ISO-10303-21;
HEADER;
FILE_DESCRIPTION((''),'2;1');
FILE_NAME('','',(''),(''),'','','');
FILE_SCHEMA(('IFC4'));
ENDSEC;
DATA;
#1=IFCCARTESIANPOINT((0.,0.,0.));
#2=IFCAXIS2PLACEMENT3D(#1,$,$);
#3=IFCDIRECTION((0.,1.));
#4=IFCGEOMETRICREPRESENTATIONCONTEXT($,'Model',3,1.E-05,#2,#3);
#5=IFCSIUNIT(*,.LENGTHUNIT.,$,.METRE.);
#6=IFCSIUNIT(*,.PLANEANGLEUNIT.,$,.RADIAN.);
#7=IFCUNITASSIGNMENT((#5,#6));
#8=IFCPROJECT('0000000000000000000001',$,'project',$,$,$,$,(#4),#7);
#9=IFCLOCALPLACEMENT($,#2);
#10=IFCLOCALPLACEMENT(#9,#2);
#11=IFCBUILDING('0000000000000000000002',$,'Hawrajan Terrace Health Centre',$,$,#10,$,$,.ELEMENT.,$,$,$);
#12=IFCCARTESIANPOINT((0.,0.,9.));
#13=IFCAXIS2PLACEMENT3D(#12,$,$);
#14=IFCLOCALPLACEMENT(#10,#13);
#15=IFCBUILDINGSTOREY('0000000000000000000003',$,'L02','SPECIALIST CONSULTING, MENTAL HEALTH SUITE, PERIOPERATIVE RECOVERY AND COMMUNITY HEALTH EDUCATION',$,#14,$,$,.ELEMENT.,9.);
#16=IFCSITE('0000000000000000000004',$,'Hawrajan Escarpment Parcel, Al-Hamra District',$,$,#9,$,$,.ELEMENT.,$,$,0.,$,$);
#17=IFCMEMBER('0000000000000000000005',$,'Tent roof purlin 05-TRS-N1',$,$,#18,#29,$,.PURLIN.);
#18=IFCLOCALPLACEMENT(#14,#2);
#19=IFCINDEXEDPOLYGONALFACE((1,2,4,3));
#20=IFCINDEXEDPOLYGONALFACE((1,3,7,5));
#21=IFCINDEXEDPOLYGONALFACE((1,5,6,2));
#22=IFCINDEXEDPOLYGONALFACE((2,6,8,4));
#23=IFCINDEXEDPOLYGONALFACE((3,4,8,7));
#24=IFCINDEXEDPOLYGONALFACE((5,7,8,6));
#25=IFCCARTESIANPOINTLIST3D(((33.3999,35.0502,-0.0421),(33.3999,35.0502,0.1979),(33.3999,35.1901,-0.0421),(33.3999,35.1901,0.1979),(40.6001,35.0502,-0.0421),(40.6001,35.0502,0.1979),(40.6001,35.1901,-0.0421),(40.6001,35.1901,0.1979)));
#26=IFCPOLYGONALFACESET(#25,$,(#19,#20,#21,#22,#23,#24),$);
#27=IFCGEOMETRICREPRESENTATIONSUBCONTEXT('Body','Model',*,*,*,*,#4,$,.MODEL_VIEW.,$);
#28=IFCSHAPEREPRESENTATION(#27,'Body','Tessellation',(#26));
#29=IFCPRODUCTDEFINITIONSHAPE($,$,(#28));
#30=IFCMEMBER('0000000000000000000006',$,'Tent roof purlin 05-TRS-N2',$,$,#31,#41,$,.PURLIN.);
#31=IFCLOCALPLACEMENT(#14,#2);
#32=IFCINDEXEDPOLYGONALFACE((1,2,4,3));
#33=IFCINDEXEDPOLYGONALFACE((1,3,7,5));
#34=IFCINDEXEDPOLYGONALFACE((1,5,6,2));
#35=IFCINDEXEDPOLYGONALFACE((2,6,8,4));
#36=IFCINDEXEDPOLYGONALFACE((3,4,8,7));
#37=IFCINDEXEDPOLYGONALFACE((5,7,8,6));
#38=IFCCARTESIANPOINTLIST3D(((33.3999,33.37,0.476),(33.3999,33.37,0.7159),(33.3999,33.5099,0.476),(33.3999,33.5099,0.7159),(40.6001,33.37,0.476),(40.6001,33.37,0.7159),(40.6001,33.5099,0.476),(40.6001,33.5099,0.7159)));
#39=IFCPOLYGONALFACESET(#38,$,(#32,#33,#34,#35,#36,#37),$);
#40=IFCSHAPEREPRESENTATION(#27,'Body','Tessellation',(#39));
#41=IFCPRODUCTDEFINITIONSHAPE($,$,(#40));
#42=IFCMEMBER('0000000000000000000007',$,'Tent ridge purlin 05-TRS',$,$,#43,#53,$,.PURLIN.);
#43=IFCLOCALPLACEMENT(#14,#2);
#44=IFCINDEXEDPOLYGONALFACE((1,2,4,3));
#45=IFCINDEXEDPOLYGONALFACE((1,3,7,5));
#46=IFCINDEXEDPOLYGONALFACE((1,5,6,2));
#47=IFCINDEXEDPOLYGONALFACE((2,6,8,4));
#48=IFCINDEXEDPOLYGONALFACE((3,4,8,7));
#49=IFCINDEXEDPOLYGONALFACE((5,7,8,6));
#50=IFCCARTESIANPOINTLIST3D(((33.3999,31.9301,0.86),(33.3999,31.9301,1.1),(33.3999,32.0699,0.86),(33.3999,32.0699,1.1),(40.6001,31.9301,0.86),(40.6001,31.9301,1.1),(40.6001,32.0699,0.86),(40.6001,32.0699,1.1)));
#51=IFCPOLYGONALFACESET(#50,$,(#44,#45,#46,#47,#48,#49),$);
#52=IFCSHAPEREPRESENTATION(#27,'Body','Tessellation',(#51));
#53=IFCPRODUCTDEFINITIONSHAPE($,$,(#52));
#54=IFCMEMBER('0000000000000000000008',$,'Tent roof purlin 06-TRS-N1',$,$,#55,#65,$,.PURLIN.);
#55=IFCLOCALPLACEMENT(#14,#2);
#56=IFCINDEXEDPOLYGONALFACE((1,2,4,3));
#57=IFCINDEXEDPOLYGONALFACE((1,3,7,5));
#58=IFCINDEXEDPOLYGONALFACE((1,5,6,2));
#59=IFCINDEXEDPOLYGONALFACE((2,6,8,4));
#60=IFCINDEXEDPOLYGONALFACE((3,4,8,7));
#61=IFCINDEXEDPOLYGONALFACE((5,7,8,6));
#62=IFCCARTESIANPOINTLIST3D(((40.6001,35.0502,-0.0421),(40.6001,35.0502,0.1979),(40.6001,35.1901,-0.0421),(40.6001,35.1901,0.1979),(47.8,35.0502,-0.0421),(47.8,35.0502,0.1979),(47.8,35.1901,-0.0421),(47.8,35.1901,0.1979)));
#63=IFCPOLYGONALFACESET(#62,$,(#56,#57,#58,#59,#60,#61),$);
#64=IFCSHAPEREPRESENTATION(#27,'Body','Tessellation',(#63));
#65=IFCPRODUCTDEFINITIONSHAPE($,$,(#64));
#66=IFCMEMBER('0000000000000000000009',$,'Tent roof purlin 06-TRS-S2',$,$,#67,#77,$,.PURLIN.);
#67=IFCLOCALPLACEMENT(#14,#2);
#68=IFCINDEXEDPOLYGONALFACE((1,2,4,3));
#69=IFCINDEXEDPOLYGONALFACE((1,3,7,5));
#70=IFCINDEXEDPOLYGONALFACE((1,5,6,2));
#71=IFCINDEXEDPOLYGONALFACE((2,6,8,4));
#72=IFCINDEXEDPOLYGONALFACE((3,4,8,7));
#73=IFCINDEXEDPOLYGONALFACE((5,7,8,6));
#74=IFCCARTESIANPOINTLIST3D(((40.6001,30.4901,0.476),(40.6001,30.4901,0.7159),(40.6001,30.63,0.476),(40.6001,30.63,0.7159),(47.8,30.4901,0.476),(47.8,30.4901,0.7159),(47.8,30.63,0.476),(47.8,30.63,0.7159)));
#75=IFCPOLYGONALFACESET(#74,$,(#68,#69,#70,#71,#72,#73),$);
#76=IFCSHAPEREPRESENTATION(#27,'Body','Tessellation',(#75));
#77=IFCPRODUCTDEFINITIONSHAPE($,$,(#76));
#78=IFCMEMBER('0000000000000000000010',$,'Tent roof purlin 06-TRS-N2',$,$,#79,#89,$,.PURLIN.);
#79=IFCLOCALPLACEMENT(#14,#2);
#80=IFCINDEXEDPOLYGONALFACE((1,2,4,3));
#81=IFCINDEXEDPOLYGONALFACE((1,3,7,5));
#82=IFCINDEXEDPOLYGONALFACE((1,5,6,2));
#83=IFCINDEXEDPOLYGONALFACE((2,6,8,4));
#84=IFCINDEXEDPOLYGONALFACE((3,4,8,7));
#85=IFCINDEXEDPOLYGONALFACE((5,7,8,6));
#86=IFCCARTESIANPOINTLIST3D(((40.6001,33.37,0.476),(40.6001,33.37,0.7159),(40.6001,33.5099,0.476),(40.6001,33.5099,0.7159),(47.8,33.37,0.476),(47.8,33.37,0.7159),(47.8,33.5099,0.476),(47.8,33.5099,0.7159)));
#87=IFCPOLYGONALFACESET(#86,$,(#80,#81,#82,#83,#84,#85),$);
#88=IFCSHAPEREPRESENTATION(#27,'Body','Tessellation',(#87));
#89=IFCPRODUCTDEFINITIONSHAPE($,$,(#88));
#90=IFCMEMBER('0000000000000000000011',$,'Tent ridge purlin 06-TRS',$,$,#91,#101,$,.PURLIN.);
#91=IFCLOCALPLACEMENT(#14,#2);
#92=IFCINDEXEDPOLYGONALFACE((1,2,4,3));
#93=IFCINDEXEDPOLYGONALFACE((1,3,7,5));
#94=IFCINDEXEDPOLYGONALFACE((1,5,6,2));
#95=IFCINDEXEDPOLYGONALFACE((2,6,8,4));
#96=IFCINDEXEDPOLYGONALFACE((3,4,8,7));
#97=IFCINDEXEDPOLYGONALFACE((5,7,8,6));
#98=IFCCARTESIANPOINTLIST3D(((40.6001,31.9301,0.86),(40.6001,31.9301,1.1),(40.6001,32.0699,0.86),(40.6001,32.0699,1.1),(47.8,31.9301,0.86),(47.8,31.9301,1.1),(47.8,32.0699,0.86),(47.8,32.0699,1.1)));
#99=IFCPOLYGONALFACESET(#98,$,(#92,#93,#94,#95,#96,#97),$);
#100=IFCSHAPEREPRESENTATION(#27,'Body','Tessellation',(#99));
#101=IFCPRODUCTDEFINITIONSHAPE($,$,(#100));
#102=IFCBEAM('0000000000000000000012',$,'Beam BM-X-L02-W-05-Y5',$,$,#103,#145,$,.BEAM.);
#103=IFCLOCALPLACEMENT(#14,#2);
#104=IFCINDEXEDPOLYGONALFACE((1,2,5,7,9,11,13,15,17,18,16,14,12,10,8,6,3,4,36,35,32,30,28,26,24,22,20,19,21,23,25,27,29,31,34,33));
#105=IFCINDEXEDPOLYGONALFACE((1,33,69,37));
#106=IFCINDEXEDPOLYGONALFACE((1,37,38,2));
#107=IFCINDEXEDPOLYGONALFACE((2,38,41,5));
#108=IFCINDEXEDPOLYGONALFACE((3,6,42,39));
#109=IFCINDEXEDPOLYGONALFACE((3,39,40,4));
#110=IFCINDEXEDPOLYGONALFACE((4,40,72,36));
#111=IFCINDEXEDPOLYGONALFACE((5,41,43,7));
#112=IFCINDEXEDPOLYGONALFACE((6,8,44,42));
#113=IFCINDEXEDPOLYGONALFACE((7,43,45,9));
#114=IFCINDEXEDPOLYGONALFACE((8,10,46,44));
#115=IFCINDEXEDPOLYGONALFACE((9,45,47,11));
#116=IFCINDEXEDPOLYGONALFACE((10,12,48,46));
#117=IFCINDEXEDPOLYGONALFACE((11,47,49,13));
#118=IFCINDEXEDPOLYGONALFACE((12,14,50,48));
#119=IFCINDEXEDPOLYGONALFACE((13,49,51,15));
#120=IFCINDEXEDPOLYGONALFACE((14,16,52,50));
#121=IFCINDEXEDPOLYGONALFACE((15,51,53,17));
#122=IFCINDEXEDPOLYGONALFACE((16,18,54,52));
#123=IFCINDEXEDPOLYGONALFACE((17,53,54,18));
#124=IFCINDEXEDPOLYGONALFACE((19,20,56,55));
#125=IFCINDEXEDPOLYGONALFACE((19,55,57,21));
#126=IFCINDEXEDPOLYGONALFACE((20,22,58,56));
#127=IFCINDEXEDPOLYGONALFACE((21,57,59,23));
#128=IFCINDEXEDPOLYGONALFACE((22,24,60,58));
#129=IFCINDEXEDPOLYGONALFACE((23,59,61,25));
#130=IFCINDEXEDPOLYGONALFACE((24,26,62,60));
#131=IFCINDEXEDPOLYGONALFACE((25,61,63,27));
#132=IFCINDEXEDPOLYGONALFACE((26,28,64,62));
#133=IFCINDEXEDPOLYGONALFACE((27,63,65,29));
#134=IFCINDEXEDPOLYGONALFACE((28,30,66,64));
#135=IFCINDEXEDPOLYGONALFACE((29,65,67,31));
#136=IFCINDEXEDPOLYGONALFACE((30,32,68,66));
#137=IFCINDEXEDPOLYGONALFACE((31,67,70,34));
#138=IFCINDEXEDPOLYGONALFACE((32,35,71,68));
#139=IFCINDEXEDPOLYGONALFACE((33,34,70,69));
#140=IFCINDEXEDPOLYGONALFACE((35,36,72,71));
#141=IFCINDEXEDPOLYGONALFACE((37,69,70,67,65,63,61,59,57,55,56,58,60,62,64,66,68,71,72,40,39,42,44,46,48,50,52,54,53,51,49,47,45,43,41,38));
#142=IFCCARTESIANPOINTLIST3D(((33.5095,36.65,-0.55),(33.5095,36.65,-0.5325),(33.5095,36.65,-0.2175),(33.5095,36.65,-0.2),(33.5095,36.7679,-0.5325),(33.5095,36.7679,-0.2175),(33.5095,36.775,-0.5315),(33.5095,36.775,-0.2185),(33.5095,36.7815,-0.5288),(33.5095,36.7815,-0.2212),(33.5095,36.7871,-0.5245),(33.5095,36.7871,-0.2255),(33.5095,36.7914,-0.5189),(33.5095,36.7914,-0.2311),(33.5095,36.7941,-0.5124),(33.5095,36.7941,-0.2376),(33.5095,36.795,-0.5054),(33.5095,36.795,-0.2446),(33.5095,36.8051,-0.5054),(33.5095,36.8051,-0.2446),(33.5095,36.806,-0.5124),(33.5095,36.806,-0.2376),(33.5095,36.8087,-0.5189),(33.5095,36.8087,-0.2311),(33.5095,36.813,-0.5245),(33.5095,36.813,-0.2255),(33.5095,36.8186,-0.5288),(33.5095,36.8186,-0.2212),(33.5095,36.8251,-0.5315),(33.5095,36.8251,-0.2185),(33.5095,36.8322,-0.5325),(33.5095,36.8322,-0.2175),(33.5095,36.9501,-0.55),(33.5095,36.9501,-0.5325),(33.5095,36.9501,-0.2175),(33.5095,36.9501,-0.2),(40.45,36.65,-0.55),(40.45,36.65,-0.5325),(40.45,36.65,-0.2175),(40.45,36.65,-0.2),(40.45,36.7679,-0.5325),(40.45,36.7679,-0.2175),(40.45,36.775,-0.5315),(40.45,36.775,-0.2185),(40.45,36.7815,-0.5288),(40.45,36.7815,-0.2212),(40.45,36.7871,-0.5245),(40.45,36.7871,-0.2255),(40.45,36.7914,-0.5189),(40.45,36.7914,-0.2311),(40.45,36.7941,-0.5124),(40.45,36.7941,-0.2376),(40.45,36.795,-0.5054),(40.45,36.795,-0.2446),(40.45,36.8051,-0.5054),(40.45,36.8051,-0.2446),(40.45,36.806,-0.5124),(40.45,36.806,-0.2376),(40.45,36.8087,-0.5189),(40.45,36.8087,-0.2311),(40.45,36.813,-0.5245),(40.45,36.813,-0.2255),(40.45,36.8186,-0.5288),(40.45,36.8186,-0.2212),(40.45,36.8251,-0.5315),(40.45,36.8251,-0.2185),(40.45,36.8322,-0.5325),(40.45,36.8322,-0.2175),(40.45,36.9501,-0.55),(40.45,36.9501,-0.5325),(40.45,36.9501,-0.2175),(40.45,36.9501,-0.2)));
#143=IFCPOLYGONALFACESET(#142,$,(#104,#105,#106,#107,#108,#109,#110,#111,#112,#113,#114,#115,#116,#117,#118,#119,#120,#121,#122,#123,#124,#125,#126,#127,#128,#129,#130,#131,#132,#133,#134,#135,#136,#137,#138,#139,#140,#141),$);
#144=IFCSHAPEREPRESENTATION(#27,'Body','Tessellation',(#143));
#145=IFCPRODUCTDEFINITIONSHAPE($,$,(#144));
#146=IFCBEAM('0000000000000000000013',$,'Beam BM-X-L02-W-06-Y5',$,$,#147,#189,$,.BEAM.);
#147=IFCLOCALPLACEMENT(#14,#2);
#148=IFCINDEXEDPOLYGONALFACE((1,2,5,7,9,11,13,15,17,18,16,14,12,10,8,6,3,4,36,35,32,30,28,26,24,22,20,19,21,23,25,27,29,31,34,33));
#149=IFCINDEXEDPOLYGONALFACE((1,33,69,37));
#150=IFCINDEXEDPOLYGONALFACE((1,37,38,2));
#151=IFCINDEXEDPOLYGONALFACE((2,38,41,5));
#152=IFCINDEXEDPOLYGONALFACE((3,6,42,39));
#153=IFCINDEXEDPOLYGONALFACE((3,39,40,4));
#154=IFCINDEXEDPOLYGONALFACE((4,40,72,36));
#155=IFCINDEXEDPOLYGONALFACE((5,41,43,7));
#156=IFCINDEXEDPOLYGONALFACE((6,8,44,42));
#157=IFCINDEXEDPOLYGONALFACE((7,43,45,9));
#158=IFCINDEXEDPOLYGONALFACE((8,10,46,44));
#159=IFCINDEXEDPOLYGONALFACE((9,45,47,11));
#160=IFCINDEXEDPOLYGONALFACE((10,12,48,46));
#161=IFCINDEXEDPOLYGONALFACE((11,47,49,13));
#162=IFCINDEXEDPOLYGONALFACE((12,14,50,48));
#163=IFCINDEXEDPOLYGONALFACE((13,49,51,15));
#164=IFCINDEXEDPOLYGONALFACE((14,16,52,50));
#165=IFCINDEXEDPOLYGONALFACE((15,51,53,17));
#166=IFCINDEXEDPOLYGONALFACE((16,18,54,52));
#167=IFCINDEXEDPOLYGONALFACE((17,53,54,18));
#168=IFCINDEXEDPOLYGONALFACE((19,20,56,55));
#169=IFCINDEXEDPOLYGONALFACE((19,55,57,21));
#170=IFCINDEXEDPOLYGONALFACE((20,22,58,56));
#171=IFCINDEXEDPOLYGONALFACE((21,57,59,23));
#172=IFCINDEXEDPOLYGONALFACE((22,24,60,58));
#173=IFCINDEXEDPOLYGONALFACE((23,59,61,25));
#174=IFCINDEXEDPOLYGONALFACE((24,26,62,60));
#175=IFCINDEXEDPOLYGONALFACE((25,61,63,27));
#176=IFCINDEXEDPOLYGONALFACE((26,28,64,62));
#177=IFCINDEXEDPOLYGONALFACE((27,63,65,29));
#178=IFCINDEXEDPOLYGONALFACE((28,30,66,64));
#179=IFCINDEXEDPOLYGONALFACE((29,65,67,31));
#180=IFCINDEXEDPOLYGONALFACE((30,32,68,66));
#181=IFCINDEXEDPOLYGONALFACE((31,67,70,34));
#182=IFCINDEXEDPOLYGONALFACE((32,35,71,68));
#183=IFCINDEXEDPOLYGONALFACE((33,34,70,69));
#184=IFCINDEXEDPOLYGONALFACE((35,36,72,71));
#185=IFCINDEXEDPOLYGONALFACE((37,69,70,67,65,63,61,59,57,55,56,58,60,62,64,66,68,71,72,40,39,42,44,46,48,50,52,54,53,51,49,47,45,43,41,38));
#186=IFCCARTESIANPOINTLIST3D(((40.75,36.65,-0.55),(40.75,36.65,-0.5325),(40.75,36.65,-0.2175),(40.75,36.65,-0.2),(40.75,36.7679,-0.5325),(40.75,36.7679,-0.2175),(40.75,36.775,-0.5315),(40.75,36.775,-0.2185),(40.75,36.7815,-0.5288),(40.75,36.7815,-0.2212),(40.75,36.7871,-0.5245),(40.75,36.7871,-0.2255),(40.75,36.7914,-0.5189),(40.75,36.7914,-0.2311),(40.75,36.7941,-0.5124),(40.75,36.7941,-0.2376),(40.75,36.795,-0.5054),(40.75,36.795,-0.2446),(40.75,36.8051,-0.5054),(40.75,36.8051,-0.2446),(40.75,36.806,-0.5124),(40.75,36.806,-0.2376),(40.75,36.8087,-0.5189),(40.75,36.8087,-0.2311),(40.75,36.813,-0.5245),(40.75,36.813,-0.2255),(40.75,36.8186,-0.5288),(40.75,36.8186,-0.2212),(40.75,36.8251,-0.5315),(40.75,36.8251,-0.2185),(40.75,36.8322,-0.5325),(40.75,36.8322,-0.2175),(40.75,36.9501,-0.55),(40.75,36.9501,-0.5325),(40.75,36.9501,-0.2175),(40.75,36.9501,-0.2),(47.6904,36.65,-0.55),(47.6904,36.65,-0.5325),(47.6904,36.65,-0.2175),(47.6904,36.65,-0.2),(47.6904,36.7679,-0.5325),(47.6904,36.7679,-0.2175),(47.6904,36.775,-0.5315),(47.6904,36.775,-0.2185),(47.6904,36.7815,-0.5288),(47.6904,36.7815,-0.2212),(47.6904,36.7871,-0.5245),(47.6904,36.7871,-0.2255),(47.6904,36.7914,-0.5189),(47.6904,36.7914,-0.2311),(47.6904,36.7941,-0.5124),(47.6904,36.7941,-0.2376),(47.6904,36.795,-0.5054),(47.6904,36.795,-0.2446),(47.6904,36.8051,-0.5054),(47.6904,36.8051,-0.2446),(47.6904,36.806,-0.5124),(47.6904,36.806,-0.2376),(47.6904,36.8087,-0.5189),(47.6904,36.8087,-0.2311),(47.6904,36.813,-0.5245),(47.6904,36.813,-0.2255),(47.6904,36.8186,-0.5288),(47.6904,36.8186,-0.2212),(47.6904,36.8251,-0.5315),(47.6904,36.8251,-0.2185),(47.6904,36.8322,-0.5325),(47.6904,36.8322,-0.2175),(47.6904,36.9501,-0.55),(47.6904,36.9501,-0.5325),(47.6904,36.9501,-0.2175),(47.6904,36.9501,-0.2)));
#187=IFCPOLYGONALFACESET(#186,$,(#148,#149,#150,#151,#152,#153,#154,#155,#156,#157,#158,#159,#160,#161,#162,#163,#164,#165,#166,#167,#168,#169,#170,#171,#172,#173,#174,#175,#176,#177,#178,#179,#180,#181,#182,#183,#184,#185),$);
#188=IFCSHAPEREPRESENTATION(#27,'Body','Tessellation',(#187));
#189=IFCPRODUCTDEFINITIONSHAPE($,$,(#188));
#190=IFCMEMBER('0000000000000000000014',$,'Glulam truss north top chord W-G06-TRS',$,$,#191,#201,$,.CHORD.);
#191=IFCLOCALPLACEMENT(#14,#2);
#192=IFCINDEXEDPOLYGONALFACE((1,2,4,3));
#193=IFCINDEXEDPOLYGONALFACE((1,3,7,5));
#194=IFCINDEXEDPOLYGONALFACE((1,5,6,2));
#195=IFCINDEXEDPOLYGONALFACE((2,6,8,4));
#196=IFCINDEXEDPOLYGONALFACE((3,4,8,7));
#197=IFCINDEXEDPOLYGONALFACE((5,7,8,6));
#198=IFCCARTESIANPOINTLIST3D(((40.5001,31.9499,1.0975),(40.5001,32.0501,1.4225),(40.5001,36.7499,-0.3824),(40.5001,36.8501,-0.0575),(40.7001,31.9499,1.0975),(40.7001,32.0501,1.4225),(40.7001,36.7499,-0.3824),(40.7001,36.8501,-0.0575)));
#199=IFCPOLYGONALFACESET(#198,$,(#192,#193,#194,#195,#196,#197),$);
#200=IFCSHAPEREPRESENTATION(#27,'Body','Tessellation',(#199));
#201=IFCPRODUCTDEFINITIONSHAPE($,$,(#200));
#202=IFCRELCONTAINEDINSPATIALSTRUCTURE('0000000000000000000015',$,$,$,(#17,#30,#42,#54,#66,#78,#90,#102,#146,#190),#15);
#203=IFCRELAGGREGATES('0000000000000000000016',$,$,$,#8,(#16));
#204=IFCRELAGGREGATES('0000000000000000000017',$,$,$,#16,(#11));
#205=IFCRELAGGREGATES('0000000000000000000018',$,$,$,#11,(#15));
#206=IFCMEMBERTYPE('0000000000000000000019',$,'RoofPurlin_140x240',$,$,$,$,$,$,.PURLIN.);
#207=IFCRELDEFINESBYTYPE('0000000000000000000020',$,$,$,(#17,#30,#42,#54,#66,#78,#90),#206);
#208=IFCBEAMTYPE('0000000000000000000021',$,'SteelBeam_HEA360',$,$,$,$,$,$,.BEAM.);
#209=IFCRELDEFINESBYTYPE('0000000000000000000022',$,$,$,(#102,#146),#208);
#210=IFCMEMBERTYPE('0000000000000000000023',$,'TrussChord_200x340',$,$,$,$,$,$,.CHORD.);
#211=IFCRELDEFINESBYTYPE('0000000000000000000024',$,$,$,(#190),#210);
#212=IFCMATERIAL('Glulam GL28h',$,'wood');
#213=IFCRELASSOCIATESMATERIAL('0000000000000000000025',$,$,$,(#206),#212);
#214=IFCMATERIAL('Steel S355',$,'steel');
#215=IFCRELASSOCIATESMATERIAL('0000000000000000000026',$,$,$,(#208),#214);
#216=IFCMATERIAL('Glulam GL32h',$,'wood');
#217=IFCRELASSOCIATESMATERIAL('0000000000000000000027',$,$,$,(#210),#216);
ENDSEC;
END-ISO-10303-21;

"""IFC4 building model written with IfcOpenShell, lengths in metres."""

from ifc_helpers import new_model, si_unit, direction, frame, origin, origin_2d, place, context, subcontext, project, spatial, rectangle, i_section, extrude, material, material_profile, profile_set, type_object, element, save


model = new_model("IFC4")

# Units and contexts
model_context = context("Model", 3, precision=1e-05, world=origin(), true_north=direction((0.0, 1.0)))
body_context = subcontext(model_context, "Body", "Model", "MODEL_VIEW")
ifc_project = project(units=[si_unit("LENGTHUNIT", "METRE"), si_unit("PLANEANGLEUNIT", "RADIAN")], contexts=[model_context])

# Site, building, storey
site_placement = place(None, origin())
site = spatial("IfcSite", under=ifc_project, at=site_placement, Name="Hawrajan Escarpment Parcel, Al-Hamra District", CompositionType="ELEMENT", RefElevation=0.0)
building_placement = place(site_placement, origin())
building = spatial("IfcBuilding", under=site, at=building_placement, Name="Hawrajan Terrace Health Centre", CompositionType="ELEMENT")
storey_placement = place(building_placement, frame((0.0, 0.0, 9.0)))
storey = spatial("IfcBuildingStorey", under=building, at=storey_placement, Name="L02", Description="SPECIALIST CONSULTING, MENTAL HEALTH SUITE, PERIOPERATIVE RECOVERY AND COMMUNITY HEALTH EDUCATION", CompositionType="ELEMENT", Elevation=9.0)

# Members
ifc_material_1 = material(Name="Glulam GL28h", Category="wood")
ifc_material_profile_1 = material_profile(ifc_material_1, rectangle(XDim=0.1399, YDim=0.24, at=origin_2d()), Name="GL PUR 140x240")
ifc_profile_set_1 = profile_set([ifc_material_profile_1], Name="Glulam GL28h")
member_type_1 = type_object("IfcMemberType", Name="RoofPurlin_140x240", PredefinedType="PURLIN", material=ifc_profile_set_1)
for number, where, z_axis, x_axis, name in (
    (1, (33.3999, 35.1201, 0.0779), (1.0, 0.0, 0.0), (0.0, 1.0, 0.0), "Tent roof purlin 05-TRS-N1"),
    (2, (33.3999, 33.4399, 0.5959), (1.0, 0.0, 0.0), (0.0, 1.0, 0.0), "Tent roof purlin 05-TRS-N2"),
    (3, (33.3999, 32.0, 0.98), (1.0, 0.0, 0.0), (0.0, 1.0, 0.0), "Tent ridge purlin 05-TRS"),
):
    element("IfcMember", number, at=place(storey_placement, frame(where, z_axis=z_axis, x_axis=x_axis)), inside=storey, type_object=member_type_1, Name=name, PredefinedType="PURLIN", context=body_context, shape_type="SweptSolid", body=[
        extrude(rectangle(XDim=0.1399, YDim=0.24, at=origin_2d()), origin(), (0.0, 0.0, 1.0), 7.2002),
    ])
for number, where, z_axis, x_axis, name in (
    (4, (40.6001, 35.1201, 0.0779), (1.0, 0.0, 0.0), (0.0, 1.0, 0.0), "Tent roof purlin 06-TRS-N1"),
    (5, (40.6001, 30.5601, 0.5959), (1.0, 0.0, 0.0), (0.0, 1.0, 0.0), "Tent roof purlin 06-TRS-S2"),
    (6, (40.6001, 33.4399, 0.5959), (1.0, 0.0, 0.0), (0.0, 1.0, 0.0), "Tent roof purlin 06-TRS-N2"),
    (7, (40.6001, 32.0, 0.98), (1.0, 0.0, 0.0), (0.0, 1.0, 0.0), "Tent ridge purlin 06-TRS"),
):
    element("IfcMember", number, at=place(storey_placement, frame(where, z_axis=z_axis, x_axis=x_axis)), inside=storey, type_object=member_type_1, Name=name, PredefinedType="PURLIN", context=body_context, shape_type="SweptSolid", body=[
        extrude(rectangle(XDim=0.1399, YDim=0.24, at=origin_2d()), origin(), (0.0, 0.0, 1.0), 7.2),
    ])

# Beams
ifc_material_2 = material(Name="Steel S355", Category="steel")
ifc_material_profile_2 = material_profile(ifc_material_2, i_section(OverallWidth=0.3, OverallDepth=0.3501, WebThickness=0.01, FlangeThickness=0.0176, FilletRadius=0.0271, at=origin_2d()), Name="HEA 360")
ifc_profile_set_2 = profile_set([ifc_material_profile_2], Name="Steel S355")
beam_type = type_object("IfcBeamType", Name="SteelBeam_HEA360", PredefinedType="BEAM", material=ifc_profile_set_2)
for number, where, z_axis, x_axis, name in (
    (8, (33.5095, 36.8, -0.375), (1.0, 0.0, 0.0), (0.0, 1.0, 0.0), "Beam BM-X-L02-W-05-Y5"),
    (9, (40.75, 36.8, -0.375), (1.0, 0.0, 0.0), (0.0, 1.0, 0.0), "Beam BM-X-L02-W-06-Y5"),
):
    element("IfcBeam", number, at=place(storey_placement, frame(where, z_axis=z_axis, x_axis=x_axis)), inside=storey, type_object=beam_type, Name=name, PredefinedType="BEAM", context=body_context, shape_type="SweptSolid", body=[
        extrude(i_section(OverallWidth=0.3, OverallDepth=0.3501, WebThickness=0.01, FlangeThickness=0.0176, FilletRadius=0.0271, at=origin_2d()), origin(), (0.0, 0.0, 1.0), 6.9404),
    ])

# Member
ifc_material_3 = material(Name="Glulam GL32h", Category="wood")
ifc_material_profile_3 = material_profile(ifc_material_3, rectangle(XDim=0.2, YDim=0.3401, at=origin_2d()), Name="GL CHD 200x340")
ifc_profile_set_3 = profile_set([ifc_material_profile_3], Name="Glulam GL32h")
member_type_2 = type_object("IfcMemberType", Name="TrussChord_200x340", PredefinedType="CHORD", material=ifc_profile_set_3)
member_1_placement = place(storey_placement, frame((40.6001, 32.0, 1.26), z_axis=(0.0, 0.955609, -0.294639), x_axis=(-1.0, 0.0, 0.0)))
element("IfcMember", 10, at=member_1_placement, inside=storey, type_object=member_type_2, Name="Glulam truss north top chord W-G06-TRS", PredefinedType="CHORD", context=body_context, shape_type="SweptSolid", body=[
    extrude(rectangle(XDim=0.2, YDim=0.3401, at=origin_2d()), origin(), (0.0, 0.0, 1.0), 5.0229),
])

save(model, "model.ifc")
